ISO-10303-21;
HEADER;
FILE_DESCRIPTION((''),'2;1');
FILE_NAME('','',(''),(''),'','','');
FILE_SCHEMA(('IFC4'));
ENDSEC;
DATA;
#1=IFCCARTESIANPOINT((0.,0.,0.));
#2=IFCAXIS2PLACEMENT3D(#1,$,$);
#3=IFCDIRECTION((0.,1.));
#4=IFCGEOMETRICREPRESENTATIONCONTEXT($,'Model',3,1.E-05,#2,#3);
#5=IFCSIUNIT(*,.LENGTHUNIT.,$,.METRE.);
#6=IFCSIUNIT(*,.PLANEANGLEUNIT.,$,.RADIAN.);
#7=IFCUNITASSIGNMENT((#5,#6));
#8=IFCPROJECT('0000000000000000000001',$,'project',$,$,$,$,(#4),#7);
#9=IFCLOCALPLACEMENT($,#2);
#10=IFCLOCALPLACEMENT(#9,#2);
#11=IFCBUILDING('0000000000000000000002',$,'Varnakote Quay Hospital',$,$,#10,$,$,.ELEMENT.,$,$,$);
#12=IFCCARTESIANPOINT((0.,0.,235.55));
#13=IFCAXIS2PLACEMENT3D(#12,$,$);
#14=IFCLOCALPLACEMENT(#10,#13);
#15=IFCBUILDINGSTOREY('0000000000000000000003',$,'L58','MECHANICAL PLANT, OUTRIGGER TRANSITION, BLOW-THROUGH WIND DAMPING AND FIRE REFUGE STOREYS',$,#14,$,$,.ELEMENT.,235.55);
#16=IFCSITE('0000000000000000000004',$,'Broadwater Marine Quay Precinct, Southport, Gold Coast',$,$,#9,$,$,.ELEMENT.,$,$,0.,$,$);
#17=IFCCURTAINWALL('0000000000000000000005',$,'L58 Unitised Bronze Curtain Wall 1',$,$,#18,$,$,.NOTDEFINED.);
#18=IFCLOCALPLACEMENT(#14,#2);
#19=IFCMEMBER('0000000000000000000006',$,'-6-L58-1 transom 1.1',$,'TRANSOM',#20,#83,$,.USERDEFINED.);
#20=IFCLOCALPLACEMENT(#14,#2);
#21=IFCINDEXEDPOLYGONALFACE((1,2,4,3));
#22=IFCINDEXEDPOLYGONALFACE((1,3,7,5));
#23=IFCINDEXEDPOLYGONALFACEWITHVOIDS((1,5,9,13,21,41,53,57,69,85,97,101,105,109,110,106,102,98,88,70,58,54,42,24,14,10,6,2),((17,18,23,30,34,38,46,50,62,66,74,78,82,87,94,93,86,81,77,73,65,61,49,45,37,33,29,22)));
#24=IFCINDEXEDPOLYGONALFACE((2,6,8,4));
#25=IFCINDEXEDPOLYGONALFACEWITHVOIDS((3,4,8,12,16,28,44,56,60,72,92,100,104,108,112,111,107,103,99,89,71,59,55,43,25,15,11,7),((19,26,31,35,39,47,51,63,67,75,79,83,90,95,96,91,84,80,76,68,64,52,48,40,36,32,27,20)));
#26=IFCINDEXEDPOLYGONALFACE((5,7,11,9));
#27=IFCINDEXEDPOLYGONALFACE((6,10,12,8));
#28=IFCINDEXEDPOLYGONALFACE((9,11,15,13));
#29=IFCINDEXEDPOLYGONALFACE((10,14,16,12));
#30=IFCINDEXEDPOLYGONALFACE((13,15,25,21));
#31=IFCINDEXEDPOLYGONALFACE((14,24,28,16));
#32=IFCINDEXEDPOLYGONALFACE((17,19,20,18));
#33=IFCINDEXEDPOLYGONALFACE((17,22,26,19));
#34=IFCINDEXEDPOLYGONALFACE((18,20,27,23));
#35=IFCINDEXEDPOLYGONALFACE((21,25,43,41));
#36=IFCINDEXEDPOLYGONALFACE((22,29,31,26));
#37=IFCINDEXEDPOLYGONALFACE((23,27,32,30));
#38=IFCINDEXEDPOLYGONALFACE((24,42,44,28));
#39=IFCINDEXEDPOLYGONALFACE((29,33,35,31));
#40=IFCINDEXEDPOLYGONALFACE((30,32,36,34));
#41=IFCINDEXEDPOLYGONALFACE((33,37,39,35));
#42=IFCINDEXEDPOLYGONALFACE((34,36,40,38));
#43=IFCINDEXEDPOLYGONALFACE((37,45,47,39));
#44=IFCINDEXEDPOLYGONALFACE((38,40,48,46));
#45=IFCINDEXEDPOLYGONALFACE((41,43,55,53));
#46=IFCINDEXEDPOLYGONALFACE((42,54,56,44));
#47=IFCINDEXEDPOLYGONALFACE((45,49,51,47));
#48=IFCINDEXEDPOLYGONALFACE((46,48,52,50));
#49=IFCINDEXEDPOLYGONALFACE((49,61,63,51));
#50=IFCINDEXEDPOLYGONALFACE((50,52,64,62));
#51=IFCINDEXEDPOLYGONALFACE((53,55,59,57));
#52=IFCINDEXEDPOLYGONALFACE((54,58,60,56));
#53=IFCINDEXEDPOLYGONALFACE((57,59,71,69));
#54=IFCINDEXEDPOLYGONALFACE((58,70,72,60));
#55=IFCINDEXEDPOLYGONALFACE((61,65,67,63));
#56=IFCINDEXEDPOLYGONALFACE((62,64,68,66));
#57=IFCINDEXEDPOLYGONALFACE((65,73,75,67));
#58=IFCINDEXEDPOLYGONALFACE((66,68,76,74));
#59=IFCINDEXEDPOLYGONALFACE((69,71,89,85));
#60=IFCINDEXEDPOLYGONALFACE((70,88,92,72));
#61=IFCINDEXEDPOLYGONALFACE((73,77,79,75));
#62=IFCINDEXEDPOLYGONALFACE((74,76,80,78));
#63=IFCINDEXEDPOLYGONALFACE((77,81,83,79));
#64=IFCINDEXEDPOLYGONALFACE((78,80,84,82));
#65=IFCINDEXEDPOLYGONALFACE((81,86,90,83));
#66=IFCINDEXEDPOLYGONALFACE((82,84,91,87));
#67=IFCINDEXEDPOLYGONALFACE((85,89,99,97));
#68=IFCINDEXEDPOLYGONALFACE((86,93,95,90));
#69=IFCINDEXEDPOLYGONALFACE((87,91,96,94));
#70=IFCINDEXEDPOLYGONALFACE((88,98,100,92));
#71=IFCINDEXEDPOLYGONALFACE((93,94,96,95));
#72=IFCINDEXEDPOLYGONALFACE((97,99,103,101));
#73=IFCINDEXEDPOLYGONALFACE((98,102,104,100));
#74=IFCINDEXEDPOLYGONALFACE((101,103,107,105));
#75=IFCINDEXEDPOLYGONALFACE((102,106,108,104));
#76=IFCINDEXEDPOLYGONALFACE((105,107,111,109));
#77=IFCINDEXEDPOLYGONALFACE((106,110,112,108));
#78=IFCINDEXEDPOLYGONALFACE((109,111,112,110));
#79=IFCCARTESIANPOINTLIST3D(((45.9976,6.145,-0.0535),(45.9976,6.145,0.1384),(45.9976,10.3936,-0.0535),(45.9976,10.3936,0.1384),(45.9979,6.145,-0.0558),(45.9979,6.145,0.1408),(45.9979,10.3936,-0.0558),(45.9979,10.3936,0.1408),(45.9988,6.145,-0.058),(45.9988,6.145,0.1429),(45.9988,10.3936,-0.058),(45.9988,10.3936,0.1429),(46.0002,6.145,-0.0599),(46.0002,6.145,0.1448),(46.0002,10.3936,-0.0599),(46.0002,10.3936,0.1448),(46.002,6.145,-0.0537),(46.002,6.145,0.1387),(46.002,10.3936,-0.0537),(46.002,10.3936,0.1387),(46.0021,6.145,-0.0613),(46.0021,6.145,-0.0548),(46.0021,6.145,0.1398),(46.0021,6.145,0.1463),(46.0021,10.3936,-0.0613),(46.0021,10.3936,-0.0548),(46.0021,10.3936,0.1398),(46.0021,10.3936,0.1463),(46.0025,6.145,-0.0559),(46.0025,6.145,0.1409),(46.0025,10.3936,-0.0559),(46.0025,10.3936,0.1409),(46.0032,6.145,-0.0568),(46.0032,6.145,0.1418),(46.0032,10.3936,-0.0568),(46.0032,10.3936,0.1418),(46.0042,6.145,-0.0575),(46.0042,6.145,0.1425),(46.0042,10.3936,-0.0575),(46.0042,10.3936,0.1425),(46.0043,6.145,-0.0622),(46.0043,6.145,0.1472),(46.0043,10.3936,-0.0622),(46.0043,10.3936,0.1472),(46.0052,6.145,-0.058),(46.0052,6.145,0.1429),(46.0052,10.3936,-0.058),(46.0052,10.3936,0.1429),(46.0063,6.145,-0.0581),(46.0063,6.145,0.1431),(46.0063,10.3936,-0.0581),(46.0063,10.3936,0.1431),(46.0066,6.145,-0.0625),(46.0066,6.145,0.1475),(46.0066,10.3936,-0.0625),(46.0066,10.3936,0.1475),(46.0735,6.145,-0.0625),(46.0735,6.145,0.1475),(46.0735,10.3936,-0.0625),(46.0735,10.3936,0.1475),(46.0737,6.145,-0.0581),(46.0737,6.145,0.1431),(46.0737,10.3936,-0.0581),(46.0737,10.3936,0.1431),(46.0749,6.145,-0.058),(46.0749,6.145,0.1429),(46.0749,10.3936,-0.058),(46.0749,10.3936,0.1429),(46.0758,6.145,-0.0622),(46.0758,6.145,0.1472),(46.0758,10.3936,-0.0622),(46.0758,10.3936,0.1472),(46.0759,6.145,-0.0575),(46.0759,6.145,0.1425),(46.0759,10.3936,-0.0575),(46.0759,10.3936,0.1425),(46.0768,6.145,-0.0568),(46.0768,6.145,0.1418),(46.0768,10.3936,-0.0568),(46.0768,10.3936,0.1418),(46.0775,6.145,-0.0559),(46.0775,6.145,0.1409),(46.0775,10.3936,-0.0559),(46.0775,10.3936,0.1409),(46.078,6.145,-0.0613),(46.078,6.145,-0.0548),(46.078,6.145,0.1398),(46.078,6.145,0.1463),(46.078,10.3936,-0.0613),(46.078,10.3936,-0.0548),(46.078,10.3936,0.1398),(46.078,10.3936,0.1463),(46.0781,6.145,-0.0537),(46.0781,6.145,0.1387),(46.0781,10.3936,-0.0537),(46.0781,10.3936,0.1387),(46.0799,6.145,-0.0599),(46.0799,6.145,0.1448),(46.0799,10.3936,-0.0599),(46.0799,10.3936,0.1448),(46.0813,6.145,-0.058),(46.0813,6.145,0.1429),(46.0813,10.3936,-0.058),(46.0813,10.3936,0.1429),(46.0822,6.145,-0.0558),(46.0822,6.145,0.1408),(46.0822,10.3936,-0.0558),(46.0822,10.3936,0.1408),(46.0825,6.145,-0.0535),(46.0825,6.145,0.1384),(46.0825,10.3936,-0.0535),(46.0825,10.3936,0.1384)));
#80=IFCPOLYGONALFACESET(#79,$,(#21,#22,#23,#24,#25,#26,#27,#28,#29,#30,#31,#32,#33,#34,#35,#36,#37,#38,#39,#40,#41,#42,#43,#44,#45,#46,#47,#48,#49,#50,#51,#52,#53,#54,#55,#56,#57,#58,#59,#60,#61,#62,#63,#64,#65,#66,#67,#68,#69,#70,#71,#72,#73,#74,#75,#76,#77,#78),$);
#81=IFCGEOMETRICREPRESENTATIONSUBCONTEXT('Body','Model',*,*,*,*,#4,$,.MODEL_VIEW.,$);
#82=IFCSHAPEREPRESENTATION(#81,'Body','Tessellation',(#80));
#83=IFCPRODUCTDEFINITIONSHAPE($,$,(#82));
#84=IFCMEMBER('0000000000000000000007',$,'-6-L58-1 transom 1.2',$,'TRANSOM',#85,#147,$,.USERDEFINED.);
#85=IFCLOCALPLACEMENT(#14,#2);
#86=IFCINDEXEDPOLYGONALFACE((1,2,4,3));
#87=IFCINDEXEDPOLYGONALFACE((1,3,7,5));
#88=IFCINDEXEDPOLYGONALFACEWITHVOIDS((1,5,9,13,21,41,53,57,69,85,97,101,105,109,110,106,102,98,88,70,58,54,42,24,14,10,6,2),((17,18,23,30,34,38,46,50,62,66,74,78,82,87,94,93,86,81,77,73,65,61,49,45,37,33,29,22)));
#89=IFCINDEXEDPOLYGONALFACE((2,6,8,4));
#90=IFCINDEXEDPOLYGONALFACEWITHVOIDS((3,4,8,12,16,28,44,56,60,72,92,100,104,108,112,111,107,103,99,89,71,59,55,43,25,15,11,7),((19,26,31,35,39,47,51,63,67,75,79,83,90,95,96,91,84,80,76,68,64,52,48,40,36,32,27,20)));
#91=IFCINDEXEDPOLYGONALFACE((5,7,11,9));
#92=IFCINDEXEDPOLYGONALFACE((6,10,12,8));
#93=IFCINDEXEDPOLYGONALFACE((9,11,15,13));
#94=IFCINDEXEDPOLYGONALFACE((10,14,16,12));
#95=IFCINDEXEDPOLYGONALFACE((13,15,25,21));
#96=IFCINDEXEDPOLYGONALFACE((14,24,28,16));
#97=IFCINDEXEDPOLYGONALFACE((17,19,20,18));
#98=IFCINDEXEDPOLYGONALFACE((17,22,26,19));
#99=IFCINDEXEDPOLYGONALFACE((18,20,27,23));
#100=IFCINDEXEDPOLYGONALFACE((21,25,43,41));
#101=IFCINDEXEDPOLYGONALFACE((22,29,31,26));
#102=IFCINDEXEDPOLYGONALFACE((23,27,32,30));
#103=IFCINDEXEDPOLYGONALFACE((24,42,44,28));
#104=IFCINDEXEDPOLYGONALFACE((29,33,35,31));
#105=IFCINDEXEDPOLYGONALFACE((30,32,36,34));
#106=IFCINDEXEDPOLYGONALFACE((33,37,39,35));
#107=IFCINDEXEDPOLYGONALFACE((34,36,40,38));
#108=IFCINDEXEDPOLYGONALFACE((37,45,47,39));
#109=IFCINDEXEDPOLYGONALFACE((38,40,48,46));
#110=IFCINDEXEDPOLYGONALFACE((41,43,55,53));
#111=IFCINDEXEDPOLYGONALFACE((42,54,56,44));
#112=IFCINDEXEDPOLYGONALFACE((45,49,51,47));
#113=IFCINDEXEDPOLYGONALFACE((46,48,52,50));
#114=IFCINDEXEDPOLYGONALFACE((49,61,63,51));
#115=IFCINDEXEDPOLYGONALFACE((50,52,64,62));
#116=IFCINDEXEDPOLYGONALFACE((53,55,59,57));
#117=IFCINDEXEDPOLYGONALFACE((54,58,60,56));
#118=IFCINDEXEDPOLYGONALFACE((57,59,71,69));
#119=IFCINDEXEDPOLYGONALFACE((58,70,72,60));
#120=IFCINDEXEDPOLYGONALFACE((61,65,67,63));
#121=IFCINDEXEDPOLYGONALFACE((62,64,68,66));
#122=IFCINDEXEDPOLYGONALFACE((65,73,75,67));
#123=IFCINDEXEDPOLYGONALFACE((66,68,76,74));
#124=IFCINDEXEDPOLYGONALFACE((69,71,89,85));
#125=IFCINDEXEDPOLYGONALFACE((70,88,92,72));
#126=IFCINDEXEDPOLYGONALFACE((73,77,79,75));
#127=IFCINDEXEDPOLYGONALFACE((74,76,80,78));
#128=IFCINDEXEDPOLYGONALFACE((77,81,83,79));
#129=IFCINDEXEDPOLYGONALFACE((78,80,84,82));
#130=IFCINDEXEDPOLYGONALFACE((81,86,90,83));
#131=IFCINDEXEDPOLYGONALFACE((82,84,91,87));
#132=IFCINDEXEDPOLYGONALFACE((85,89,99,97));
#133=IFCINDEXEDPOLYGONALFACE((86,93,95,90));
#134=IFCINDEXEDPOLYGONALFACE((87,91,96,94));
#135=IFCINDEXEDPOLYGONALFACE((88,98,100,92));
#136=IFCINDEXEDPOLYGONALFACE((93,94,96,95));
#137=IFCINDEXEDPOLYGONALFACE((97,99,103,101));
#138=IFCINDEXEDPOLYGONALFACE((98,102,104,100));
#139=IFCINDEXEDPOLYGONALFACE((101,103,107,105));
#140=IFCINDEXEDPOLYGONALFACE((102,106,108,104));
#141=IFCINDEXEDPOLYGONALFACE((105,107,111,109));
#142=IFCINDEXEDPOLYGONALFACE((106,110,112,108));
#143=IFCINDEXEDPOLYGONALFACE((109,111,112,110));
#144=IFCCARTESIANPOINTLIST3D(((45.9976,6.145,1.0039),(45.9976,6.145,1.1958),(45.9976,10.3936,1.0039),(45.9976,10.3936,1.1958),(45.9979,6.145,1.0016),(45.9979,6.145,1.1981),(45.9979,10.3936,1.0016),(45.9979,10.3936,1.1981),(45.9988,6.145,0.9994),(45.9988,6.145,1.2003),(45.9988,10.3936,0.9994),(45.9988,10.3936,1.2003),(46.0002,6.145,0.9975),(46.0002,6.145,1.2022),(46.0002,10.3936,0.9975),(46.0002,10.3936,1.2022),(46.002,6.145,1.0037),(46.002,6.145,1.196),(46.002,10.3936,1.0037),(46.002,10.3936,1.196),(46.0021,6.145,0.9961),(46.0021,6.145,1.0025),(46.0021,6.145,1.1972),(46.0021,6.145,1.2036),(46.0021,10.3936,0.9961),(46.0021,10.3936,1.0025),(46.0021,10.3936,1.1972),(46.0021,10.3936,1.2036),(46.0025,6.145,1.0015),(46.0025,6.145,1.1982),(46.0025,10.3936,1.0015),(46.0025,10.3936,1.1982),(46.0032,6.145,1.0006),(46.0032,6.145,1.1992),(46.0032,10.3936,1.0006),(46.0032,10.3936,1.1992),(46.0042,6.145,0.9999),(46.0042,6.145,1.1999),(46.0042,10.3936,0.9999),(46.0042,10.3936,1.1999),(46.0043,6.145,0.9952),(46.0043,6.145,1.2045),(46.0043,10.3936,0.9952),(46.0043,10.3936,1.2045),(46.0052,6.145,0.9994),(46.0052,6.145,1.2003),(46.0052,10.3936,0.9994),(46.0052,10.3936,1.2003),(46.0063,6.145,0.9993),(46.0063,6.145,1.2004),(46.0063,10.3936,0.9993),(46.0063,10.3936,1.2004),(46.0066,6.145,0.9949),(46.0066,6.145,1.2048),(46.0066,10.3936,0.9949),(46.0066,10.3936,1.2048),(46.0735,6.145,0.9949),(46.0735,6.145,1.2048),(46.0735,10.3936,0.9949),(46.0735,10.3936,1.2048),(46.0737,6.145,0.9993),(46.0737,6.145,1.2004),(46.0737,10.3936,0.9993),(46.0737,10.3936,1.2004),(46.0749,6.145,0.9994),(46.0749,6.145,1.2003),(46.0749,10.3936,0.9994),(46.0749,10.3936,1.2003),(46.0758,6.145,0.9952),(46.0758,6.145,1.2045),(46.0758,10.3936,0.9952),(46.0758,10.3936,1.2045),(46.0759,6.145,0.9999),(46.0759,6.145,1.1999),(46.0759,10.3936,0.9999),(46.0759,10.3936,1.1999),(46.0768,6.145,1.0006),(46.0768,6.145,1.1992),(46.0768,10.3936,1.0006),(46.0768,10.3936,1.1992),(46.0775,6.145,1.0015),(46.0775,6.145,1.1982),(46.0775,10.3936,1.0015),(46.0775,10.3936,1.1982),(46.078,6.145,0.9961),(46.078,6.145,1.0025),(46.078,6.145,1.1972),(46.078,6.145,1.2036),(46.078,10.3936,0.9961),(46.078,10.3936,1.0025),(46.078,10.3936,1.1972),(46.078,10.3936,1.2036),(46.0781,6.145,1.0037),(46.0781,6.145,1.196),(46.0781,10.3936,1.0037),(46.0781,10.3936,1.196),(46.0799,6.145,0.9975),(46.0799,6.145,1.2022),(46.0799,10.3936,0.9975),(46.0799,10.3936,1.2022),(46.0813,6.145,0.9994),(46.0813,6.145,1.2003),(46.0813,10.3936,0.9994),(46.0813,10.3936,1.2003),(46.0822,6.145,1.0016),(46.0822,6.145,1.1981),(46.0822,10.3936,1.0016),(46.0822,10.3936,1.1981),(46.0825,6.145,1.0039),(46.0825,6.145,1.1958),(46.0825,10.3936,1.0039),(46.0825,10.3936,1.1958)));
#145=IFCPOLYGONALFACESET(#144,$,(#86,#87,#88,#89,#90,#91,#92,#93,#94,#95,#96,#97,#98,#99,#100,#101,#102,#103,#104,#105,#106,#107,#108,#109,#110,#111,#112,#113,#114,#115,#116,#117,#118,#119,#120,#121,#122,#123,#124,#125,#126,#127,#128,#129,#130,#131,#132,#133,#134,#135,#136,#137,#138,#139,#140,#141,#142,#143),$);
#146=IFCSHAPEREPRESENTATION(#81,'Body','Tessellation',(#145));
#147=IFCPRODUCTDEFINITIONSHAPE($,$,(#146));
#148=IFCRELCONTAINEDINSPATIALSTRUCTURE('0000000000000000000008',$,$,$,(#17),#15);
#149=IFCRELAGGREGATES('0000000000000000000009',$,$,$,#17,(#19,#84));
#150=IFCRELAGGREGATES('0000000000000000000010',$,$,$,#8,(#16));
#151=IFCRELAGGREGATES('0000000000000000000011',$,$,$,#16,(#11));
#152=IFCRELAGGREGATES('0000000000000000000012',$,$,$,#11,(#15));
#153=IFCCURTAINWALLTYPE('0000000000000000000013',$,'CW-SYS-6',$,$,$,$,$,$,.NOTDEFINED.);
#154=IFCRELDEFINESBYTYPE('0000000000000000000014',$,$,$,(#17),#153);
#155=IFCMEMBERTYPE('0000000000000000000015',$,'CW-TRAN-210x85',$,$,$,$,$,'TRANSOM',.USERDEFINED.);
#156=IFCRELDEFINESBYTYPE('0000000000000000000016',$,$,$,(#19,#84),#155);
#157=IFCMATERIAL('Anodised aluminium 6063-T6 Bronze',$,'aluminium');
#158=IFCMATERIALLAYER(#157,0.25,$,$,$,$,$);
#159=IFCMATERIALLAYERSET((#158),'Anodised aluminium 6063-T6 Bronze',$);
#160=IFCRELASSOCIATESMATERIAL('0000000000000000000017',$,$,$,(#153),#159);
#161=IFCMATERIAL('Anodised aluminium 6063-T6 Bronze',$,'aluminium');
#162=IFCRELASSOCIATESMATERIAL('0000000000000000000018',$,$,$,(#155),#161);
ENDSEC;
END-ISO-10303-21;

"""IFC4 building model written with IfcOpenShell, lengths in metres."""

from ifc_helpers import new_model, si_unit, direction, frame, origin, origin_2d, place, context, subcontext, project, spatial, hollow_rectangle, extrude, material, layer, layer_set, material_profile, profile_set, type_object, element, aggregate, save


model = new_model("IFC4")

# Units and contexts
model_context = context("Model", 3, precision=1e-05, world=origin(), true_north=direction((0.0, 1.0)))
body_context = subcontext(model_context, "Body", "Model", "MODEL_VIEW")
ifc_project = project(units=[si_unit("LENGTHUNIT", "METRE"), si_unit("PLANEANGLEUNIT", "RADIAN")], contexts=[model_context])

# Site, building, storey
site_placement = place(None, origin())
site = spatial("IfcSite", under=ifc_project, at=site_placement, Name="Broadwater Marine Quay Precinct, Southport, Gold Coast", CompositionType="ELEMENT", RefElevation=0.0)
building_placement = place(site_placement, origin())
building = spatial("IfcBuilding", under=site, at=building_placement, Name="Varnakote Quay Hospital", CompositionType="ELEMENT")
storey_placement = place(building_placement, frame((0.0, 0.0, 235.55)))
storey = spatial("IfcBuildingStorey", under=building, at=storey_placement, Name="L58", Description="MECHANICAL PLANT, OUTRIGGER TRANSITION, BLOW-THROUGH WIND DAMPING AND FIRE REFUGE STOREYS", CompositionType="ELEMENT", Elevation=235.55)

# Curtain wall, members
ifc_material_1 = material(Name="Anodised aluminium 6063-T6 Bronze", Category="aluminium")
ifc_layer_1 = layer(ifc_material_1, 0.25)
ifc_layer_set_1 = layer_set([ifc_layer_1], Name="Anodised aluminium 6063-T6 Bronze")
curtain_wall_type = type_object("IfcCurtainWallType", Name="CW-SYS-6", PredefinedType="NOTDEFINED", material=ifc_layer_set_1)
curtain_wall_placement = place(storey_placement, origin())
curtain_wall = element("IfcCurtainWall", 1, at=curtain_wall_placement, inside=storey, type_object=curtain_wall_type, Name="L58 Unitised Bronze Curtain Wall 1", PredefinedType="NOTDEFINED")
ifc_material_2 = material(Name="Anodised aluminium 6063-T6 Bronze", Category="aluminium")
ifc_material_profile_1 = material_profile(ifc_material_2, hollow_rectangle(XDim=0.085, YDim=0.21, WallThickness=0.0044, InnerFilletRadius=0.0044, OuterFilletRadius=0.009, at=origin_2d()), Name="CW-TRAN-210x85")
ifc_profile_set_1 = profile_set([ifc_material_profile_1], Name="Anodised aluminium 6063-T6 Bronze")
member_type_1 = type_object("IfcMemberType", Name="CW-TRAN-210x85", ElementType="TRANSOM", PredefinedType="USERDEFINED", material=ifc_profile_set_1)
member_1_placement = place(storey_placement, frame((46.04, 6.145, 0.0425), z_axis=(0.0, 1.0, 0.0), x_axis=(-1.0, 0.0, 0.0)))
member_1 = element("IfcMember", 2, at=member_1_placement, type_object=member_type_1, Name="-6-L58-1 transom 1.1", ObjectType="TRANSOM", PredefinedType="USERDEFINED", context=body_context, shape_type="SweptSolid", body=[
    extrude(hollow_rectangle(XDim=0.085, YDim=0.21, WallThickness=0.0044, InnerFilletRadius=0.0044, OuterFilletRadius=0.009, at=origin_2d()), origin(), (0.0, 0.0, 1.0), 4.2485),
])
member_2_placement = place(storey_placement, frame((46.04, 6.145, 1.0999), z_axis=(0.0, 1.0, 0.0), x_axis=(-1.0, 0.0, 0.0)))
member_2 = element("IfcMember", 3, at=member_2_placement, type_object=member_type_1, Name="-6-L58-1 transom 1.2", ObjectType="TRANSOM", PredefinedType="USERDEFINED", context=body_context, shape_type="SweptSolid", body=[
    extrude(hollow_rectangle(XDim=0.085, YDim=0.21, WallThickness=0.0044, InnerFilletRadius=0.0044, OuterFilletRadius=0.009, at=origin_2d()), origin(), (0.0, 0.0, 1.0), 4.2485),
])
aggregate(curtain_wall, [member_1, member_2])

save(model, "model.ifc")
